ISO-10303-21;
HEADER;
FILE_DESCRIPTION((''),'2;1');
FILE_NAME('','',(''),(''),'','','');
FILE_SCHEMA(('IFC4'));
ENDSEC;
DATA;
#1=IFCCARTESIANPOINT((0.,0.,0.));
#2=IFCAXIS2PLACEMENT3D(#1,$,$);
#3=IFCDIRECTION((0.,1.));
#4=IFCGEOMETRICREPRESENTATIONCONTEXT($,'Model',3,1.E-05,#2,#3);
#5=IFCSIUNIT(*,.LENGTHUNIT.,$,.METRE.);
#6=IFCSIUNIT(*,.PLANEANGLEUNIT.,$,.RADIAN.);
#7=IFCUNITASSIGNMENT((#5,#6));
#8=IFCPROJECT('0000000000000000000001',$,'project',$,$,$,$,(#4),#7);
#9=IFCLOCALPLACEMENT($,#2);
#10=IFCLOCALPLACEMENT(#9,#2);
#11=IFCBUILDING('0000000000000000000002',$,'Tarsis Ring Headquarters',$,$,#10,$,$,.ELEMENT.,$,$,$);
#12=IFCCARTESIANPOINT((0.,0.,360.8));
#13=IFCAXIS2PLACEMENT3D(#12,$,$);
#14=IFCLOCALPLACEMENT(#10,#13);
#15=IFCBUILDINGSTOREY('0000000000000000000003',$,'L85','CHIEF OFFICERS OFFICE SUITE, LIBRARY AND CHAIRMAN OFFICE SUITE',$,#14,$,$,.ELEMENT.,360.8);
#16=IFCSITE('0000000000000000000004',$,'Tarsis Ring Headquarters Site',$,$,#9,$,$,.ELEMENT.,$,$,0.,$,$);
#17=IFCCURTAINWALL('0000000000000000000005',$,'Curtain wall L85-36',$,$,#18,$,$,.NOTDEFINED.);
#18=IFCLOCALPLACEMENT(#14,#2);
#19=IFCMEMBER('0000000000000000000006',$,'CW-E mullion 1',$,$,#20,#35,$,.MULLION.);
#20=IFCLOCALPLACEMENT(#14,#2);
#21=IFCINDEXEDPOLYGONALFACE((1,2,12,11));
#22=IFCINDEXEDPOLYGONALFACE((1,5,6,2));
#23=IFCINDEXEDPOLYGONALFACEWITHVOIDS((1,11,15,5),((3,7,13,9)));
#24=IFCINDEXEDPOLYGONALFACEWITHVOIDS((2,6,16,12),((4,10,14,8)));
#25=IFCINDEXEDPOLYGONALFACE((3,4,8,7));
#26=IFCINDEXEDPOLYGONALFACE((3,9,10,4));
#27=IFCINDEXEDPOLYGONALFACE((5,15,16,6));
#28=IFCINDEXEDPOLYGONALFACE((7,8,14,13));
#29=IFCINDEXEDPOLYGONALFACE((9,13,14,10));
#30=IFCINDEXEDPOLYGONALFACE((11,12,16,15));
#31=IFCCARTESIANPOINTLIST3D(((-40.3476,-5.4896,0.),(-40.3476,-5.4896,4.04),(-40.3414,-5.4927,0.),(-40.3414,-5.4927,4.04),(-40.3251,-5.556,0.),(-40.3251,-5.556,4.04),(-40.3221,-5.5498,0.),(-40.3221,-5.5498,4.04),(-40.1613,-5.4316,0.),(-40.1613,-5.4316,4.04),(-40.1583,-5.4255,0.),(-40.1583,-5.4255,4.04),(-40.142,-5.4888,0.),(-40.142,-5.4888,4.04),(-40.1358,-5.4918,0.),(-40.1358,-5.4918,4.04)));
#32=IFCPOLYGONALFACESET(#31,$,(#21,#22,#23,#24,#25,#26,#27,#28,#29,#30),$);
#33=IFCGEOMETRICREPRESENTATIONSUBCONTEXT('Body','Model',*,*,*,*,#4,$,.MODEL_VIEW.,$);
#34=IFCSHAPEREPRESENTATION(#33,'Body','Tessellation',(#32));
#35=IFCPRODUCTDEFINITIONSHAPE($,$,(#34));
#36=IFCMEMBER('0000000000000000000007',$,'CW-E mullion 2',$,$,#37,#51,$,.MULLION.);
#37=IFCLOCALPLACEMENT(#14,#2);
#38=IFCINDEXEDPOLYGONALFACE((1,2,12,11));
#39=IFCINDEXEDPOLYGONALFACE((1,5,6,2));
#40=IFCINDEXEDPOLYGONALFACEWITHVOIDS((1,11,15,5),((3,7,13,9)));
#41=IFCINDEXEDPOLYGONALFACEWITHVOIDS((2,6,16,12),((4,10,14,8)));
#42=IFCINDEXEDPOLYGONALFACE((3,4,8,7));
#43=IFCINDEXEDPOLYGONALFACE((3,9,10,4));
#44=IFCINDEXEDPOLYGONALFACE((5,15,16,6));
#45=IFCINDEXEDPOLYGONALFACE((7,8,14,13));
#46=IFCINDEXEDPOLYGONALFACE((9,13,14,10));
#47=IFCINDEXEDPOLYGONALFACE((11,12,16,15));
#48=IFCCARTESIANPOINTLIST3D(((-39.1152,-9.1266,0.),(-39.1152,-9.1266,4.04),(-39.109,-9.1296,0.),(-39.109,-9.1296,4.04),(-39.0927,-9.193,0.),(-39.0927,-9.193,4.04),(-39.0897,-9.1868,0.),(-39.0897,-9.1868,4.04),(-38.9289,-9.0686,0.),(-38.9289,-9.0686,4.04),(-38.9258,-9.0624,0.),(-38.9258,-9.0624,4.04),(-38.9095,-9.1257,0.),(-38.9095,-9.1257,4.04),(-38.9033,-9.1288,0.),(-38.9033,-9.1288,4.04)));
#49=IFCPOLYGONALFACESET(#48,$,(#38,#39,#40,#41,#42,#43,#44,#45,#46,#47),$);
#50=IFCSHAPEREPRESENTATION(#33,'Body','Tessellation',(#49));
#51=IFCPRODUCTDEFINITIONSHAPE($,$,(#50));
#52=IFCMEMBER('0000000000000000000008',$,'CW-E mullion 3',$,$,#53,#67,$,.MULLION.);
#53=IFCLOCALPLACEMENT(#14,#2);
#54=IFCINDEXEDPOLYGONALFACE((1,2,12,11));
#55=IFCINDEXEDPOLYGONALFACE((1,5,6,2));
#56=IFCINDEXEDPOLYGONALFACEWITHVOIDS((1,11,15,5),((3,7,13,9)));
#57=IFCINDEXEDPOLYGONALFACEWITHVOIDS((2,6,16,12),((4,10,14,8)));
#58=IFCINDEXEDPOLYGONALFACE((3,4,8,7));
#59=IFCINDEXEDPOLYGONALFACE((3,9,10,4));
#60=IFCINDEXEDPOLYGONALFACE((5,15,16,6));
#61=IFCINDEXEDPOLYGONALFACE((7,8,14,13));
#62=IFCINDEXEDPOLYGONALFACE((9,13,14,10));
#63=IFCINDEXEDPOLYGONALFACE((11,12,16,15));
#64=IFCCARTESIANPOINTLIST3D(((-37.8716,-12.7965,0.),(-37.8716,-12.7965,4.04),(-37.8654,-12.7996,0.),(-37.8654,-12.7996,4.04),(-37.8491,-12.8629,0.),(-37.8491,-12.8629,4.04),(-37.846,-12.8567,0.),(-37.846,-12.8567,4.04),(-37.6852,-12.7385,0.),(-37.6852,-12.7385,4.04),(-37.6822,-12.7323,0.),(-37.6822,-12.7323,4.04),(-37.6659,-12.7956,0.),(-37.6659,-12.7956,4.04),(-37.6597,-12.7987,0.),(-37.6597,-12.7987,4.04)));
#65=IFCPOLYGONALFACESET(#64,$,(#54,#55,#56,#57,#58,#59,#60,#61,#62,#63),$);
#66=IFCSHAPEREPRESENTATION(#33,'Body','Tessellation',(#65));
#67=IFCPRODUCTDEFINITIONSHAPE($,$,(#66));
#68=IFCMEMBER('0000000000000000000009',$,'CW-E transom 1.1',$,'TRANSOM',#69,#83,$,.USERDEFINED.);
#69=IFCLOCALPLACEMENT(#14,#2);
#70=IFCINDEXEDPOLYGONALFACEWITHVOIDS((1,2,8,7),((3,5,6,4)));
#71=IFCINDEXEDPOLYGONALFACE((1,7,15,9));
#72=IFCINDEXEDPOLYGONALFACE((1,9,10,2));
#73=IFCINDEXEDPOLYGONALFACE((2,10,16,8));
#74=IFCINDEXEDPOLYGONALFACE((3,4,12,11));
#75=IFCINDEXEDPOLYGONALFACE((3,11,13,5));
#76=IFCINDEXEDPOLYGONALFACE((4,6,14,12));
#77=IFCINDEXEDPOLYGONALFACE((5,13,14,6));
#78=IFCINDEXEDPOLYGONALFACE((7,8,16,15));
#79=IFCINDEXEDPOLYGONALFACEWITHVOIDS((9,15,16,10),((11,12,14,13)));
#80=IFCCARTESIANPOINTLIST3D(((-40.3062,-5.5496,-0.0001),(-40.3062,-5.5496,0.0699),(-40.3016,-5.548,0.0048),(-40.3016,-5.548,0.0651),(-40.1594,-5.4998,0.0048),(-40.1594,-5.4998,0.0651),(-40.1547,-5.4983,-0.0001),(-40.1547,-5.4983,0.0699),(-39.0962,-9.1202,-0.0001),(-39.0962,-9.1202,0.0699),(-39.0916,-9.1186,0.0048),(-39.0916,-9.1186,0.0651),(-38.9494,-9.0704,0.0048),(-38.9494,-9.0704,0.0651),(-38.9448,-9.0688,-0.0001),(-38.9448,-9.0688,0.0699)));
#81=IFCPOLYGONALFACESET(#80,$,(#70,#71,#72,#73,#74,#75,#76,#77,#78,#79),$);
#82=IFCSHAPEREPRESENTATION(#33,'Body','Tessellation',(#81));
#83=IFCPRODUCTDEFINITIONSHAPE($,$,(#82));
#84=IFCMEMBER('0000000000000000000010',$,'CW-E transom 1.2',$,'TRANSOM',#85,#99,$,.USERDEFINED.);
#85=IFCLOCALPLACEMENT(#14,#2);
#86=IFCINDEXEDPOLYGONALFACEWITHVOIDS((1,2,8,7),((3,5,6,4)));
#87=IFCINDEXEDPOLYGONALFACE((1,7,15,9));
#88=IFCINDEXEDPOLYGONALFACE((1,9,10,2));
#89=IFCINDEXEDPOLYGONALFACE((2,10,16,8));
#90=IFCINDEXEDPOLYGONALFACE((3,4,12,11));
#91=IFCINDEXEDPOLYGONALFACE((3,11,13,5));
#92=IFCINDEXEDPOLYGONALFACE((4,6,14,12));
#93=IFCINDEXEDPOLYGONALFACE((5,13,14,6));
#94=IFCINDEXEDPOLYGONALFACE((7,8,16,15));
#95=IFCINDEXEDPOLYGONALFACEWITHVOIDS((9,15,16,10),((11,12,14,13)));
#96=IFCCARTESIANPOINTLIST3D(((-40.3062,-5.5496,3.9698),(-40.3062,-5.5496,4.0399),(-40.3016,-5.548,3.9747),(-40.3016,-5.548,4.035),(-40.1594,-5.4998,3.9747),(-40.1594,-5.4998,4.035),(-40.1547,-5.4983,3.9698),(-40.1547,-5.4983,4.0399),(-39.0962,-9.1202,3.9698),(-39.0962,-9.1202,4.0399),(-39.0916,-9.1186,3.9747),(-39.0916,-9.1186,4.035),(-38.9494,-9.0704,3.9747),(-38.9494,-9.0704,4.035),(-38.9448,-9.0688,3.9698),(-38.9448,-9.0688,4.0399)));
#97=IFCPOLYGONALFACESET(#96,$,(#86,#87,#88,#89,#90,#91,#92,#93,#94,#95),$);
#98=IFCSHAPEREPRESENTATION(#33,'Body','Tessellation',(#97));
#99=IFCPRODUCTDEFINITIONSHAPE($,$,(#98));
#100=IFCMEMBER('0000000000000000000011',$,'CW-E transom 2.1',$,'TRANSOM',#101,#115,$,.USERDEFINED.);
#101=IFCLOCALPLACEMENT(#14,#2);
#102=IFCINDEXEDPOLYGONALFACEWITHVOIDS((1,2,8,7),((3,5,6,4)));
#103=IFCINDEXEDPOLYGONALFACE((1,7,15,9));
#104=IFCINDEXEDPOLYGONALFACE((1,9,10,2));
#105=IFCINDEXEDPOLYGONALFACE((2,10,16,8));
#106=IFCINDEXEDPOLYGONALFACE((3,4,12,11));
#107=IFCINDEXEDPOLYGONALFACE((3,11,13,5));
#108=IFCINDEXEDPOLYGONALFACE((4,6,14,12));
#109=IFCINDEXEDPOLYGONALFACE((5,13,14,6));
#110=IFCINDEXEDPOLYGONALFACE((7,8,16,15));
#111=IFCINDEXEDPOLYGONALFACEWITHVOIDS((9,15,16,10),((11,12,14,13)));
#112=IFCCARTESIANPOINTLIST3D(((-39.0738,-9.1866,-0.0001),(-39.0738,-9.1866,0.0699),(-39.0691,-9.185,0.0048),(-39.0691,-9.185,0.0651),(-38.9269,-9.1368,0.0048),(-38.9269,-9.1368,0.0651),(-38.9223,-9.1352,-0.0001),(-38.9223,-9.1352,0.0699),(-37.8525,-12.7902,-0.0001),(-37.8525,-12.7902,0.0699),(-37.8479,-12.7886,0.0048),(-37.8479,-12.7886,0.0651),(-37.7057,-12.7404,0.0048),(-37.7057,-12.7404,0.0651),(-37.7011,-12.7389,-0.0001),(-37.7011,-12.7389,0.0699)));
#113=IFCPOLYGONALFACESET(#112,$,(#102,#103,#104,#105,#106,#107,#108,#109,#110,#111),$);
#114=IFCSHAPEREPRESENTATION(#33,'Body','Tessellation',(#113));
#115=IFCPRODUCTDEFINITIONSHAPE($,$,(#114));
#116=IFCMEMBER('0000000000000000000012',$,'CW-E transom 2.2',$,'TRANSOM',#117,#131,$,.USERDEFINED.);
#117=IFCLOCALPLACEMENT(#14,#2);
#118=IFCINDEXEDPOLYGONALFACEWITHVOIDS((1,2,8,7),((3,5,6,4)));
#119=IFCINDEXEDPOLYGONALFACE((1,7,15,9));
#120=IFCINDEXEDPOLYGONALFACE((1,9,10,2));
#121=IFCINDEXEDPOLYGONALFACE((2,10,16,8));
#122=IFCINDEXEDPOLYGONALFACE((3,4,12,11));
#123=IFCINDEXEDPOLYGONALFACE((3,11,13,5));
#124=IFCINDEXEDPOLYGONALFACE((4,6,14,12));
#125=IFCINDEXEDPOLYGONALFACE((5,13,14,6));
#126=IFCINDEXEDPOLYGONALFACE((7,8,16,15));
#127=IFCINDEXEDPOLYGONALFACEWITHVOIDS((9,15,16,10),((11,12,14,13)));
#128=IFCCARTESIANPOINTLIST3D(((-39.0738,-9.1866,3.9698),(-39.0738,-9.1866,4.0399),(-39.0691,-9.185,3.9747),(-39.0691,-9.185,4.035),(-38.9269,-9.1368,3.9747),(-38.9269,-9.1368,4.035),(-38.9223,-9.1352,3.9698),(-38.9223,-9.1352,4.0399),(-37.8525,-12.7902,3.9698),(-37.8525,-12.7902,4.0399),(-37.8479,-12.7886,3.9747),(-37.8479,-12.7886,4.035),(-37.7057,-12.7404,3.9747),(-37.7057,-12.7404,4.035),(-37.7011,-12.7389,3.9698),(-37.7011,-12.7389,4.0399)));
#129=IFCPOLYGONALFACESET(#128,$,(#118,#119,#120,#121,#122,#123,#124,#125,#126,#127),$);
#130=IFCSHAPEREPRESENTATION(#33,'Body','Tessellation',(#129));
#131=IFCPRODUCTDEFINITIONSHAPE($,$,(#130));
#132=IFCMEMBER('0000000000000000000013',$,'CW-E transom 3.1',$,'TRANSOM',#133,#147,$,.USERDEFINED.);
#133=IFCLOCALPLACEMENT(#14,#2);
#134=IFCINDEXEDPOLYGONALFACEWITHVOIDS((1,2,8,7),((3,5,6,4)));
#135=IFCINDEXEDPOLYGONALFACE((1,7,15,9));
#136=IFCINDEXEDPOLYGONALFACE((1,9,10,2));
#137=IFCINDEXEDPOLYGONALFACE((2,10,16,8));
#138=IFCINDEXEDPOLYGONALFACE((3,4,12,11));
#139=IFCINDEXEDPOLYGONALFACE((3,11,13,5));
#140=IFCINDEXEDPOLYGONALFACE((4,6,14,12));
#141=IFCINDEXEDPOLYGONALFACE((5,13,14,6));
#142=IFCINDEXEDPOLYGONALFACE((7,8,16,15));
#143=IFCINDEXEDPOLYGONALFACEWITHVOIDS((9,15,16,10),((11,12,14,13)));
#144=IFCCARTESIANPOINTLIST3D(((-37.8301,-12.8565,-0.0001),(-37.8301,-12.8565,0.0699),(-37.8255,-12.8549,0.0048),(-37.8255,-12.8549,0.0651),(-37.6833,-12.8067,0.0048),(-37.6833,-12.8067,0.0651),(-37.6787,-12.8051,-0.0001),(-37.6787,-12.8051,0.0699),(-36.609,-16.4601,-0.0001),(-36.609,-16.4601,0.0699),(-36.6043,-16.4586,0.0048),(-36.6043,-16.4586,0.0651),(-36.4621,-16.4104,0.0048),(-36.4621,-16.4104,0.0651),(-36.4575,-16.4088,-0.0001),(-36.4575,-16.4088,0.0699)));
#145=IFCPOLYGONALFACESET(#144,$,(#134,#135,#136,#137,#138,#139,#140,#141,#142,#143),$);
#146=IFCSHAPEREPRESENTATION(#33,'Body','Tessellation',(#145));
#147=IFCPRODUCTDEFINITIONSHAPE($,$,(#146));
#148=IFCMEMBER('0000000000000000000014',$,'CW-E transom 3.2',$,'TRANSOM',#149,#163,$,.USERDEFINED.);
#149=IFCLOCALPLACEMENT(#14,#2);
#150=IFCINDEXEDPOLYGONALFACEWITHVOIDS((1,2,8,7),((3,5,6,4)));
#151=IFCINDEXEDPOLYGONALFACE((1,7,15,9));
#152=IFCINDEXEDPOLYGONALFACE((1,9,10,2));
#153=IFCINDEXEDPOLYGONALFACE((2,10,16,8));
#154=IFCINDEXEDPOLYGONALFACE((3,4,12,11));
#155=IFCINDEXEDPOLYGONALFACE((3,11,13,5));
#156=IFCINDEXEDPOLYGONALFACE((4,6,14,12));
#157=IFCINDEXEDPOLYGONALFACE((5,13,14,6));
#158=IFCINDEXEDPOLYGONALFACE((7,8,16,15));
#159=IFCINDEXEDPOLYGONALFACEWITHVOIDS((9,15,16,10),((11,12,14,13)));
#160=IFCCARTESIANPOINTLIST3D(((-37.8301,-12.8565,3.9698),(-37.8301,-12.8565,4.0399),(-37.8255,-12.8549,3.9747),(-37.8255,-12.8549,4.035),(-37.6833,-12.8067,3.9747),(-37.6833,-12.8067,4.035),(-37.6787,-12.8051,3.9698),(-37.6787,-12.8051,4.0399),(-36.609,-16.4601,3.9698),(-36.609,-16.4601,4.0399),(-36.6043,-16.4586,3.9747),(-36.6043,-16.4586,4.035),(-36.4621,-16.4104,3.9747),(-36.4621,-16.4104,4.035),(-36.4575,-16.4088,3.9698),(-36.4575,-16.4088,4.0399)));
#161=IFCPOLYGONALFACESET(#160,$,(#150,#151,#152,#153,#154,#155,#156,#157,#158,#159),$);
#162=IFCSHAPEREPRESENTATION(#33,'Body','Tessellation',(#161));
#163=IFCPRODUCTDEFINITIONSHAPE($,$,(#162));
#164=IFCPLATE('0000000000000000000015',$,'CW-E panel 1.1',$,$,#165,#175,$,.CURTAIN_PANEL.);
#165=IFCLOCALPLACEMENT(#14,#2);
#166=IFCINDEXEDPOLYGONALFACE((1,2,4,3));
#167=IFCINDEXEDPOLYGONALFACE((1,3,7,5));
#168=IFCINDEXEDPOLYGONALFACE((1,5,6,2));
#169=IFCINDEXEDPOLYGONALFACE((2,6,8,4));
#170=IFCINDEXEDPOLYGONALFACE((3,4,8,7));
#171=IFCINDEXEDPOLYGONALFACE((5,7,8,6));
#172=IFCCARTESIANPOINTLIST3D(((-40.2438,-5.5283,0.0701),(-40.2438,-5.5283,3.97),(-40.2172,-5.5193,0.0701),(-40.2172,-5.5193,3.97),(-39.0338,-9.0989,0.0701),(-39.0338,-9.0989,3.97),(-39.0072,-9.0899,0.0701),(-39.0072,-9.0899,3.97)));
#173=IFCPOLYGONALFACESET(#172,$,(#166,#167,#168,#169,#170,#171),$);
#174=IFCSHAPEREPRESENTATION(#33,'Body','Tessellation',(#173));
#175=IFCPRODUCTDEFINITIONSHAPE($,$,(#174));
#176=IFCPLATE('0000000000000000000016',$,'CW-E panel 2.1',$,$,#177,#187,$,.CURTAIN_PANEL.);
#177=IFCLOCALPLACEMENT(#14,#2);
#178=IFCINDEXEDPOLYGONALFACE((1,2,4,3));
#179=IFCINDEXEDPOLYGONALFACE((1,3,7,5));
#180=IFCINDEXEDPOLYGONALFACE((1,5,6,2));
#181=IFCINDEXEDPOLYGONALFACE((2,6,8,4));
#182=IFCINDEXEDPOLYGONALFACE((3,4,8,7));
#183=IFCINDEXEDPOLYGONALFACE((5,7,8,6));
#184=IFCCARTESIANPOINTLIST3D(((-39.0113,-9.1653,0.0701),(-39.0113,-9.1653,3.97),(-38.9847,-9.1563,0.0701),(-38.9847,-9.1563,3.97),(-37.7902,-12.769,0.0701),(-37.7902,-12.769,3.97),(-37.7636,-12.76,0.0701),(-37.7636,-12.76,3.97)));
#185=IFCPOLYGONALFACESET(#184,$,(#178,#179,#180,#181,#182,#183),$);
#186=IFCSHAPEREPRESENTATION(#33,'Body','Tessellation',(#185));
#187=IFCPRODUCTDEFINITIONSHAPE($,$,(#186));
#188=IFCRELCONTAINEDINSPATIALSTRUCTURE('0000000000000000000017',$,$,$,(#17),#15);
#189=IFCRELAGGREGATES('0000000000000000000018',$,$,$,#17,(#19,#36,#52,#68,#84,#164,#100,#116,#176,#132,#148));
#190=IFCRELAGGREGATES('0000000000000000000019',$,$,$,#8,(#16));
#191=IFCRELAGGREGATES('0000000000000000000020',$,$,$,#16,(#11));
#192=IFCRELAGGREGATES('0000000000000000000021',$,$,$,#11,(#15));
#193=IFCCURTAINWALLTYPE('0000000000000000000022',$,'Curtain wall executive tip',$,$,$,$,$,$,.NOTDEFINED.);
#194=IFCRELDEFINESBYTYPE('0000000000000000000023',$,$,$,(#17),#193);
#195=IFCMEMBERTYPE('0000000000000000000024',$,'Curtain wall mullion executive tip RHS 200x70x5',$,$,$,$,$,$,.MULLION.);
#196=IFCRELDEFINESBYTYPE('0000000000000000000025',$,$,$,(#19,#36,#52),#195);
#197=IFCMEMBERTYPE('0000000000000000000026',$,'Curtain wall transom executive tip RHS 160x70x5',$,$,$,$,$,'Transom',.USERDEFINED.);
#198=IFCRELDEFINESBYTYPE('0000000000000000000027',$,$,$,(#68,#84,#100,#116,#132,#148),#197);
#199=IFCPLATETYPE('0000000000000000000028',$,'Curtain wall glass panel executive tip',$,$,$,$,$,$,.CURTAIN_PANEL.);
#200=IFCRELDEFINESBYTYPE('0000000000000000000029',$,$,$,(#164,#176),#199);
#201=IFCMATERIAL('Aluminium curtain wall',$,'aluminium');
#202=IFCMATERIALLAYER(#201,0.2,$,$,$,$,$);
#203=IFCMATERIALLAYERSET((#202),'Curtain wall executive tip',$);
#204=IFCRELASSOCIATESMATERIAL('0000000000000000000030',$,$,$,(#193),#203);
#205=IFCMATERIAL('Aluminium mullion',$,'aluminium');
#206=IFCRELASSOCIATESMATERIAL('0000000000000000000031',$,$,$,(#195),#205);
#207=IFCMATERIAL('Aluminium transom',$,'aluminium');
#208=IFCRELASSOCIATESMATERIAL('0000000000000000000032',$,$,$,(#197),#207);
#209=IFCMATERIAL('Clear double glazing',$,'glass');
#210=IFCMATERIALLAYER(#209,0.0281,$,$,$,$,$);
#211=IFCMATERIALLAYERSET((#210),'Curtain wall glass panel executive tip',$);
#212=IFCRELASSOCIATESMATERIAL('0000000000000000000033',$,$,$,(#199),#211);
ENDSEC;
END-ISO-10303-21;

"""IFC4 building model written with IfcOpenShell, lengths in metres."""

from ifc_helpers import new_model, si_unit, direction, frame, origin, origin_2d, place, context, subcontext, project, spatial, rectangle, hollow_rectangle, extrude, material, layer, layer_set, material_profile, profile_set, type_object, element, aggregate, save


model = new_model("IFC4")

# Units and contexts
model_context = context("Model", 3, precision=1e-05, world=origin(), true_north=direction((0.0, 1.0)))
body_context = subcontext(model_context, "Body", "Model", "MODEL_VIEW")
ifc_project = project(units=[si_unit("LENGTHUNIT", "METRE"), si_unit("PLANEANGLEUNIT", "RADIAN")], contexts=[model_context])

# Site, building, storey
site_placement = place(None, origin())
site = spatial("IfcSite", under=ifc_project, at=site_placement, Name="Tarsis Ring Headquarters Site", CompositionType="ELEMENT", RefElevation=0.0)
building_placement = place(site_placement, origin())
building = spatial("IfcBuilding", under=site, at=building_placement, Name="Tarsis Ring Headquarters", CompositionType="ELEMENT")
storey_placement = place(building_placement, frame((0.0, 0.0, 360.8)))
storey = spatial("IfcBuildingStorey", under=building, at=storey_placement, Name="L85", Description="CHIEF OFFICERS OFFICE SUITE, LIBRARY AND CHAIRMAN OFFICE SUITE", CompositionType="ELEMENT", Elevation=360.8)

# Curtain wall, members, plates
ifc_material_1 = material(Name="Aluminium curtain wall", Category="aluminium")
ifc_layer_1 = layer(ifc_material_1, 0.2)
ifc_layer_set_1 = layer_set([ifc_layer_1], Name="Curtain wall executive tip")
curtain_wall_type = type_object("IfcCurtainWallType", Name="Curtain wall executive tip", PredefinedType="NOTDEFINED", material=ifc_layer_set_1)
curtain_wall_placement = place(storey_placement, origin())
curtain_wall = element("IfcCurtainWall", 1, at=curtain_wall_placement, inside=storey, type_object=curtain_wall_type, Name="Curtain wall L85-36", PredefinedType="NOTDEFINED")
ifc_material_2 = material(Name="Aluminium mullion", Category="aluminium")
ifc_material_profile_1 = material_profile(ifc_material_2, hollow_rectangle(XDim=0.2, YDim=0.0701, WallThickness=0.0049, at=origin_2d()), Name="RHS 200x70x5")
ifc_profile_set_1 = profile_set([ifc_material_profile_1], Name="Aluminium mullion")
member_type_1 = type_object("IfcMemberType", Name="Curtain wall mullion executive tip RHS 200x70x5", PredefinedType="MULLION", material=ifc_profile_set_1)
member_1_placement = place(storey_placement, frame((-40.2417, -5.4907, 0.0), z_axis=(0.0, 0.0, 1.0), x_axis=(0.947098, 0.320944, 0.0)))
member_1 = element("IfcMember", 2, at=member_1_placement, type_object=member_type_1, Name="CW-E mullion 1", PredefinedType="MULLION", context=body_context, shape_type="SweptSolid", body=[
    extrude(hollow_rectangle(XDim=0.2, YDim=0.0701, WallThickness=0.0049, at=origin_2d()), origin(), (0.0, 0.0, 1.0), 4.04),
])
member_2_placement = place(storey_placement, frame((-39.0093, -9.1277, 0.0), z_axis=(0.0, 0.0, 1.0), x_axis=(0.947098, 0.320944, 0.0)))
member_2 = element("IfcMember", 3, at=member_2_placement, type_object=member_type_1, Name="CW-E mullion 2", PredefinedType="MULLION", context=body_context, shape_type="SweptSolid", body=[
    extrude(hollow_rectangle(XDim=0.2, YDim=0.0701, WallThickness=0.0049, at=origin_2d()), origin(), (0.0, 0.0, 1.0), 4.04),
])
member_3_placement = place(storey_placement, frame((-37.7656, -12.7976, 0.0), z_axis=(0.0, 0.0, 1.0), x_axis=(0.947098, 0.320944, 0.0)))
member_3 = element("IfcMember", 4, at=member_3_placement, type_object=member_type_1, Name="CW-E mullion 3", PredefinedType="MULLION", context=body_context, shape_type="SweptSolid", body=[
    extrude(hollow_rectangle(XDim=0.2, YDim=0.0701, WallThickness=0.0049, at=origin_2d()), origin(), (0.0, 0.0, 1.0), 4.04),
])
ifc_material_3 = material(Name="Aluminium transom", Category="aluminium")
ifc_material_profile_2 = material_profile(ifc_material_3, hollow_rectangle(XDim=0.1599, YDim=0.0701, WallThickness=0.0049, at=origin_2d()), Name="RHS 160x70x5")
ifc_profile_set_2 = profile_set([ifc_material_profile_2], Name="Aluminium transom")
member_type_2 = type_object("IfcMemberType", Name="Curtain wall transom executive tip RHS 160x70x5", ElementType="Transom", PredefinedType="USERDEFINED", material=ifc_profile_set_2)
member_4_placement = place(storey_placement, frame((-40.2305, -5.5239, 0.0349), z_axis=(0.320945, -0.947098, 0.0), x_axis=(0.947098, 0.320945, 0.0)))
member_4 = element("IfcMember", 5, at=member_4_placement, type_object=member_type_2, Name="CW-E transom 1.1", ObjectType="TRANSOM", PredefinedType="USERDEFINED", context=body_context, shape_type="SweptSolid", body=[
    extrude(hollow_rectangle(XDim=0.1599, YDim=0.0701, WallThickness=0.0049, at=origin_2d()), origin(), (0.0, 0.0, 1.0), 3.77),
])
member_5_placement = place(storey_placement, frame((-40.2305, -5.5239, 4.0049), z_axis=(0.320945, -0.947098, 0.0), x_axis=(0.947098, 0.320945, 0.0)))
member_5 = element("IfcMember", 6, at=member_5_placement, type_object=member_type_2, Name="CW-E transom 1.2", ObjectType="TRANSOM", PredefinedType="USERDEFINED", context=body_context, shape_type="SweptSolid", body=[
    extrude(hollow_rectangle(XDim=0.1599, YDim=0.0701, WallThickness=0.0049, at=origin_2d()), origin(), (0.0, 0.0, 1.0), 3.77),
])
member_6_placement = place(storey_placement, frame((-38.998, -9.1609, 0.0349), z_axis=(0.320959, -0.947093, 0.0), x_axis=(0.947093, 0.320959, 0.0)))
member_6 = element("IfcMember", 7, at=member_6_placement, type_object=member_type_2, Name="CW-E transom 2.1", ObjectType="TRANSOM", PredefinedType="USERDEFINED", context=body_context, shape_type="SweptSolid", body=[
    extrude(hollow_rectangle(XDim=0.1599, YDim=0.0701, WallThickness=0.0049, at=origin_2d()), origin(), (0.0, 0.0, 1.0), 3.8049),
])
member_7_placement = place(storey_placement, frame((-38.998, -9.1609, 4.0049), z_axis=(0.320959, -0.947093, 0.0), x_axis=(0.947093, 0.320959, 0.0)))
member_7 = element("IfcMember", 8, at=member_7_placement, type_object=member_type_2, Name="CW-E transom 2.2", ObjectType="TRANSOM", PredefinedType="USERDEFINED", context=body_context, shape_type="SweptSolid", body=[
    extrude(hollow_rectangle(XDim=0.1599, YDim=0.0701, WallThickness=0.0049, at=origin_2d()), origin(), (0.0, 0.0, 1.0), 3.8049),
])
member_8_placement = place(storey_placement, frame((-37.7544, -12.8308, 0.0349), z_axis=(0.32094, -0.9471, 0.0), x_axis=(0.9471, 0.32094, 0.0)))
member_8 = element("IfcMember", 9, at=member_8_placement, type_object=member_type_2, Name="CW-E transom 3.1", ObjectType="TRANSOM", PredefinedType="USERDEFINED", context=body_context, shape_type="SweptSolid", body=[
    extrude(hollow_rectangle(XDim=0.1599, YDim=0.0701, WallThickness=0.0049, at=origin_2d()), origin(), (0.0, 0.0, 1.0), 3.8049),
])
member_9_placement = place(storey_placement, frame((-37.7544, -12.8308, 4.0049), z_axis=(0.32094, -0.9471, 0.0), x_axis=(0.9471, 0.32094, 0.0)))
member_9 = element("IfcMember", 10, at=member_9_placement, type_object=member_type_2, Name="CW-E transom 3.2", ObjectType="TRANSOM", PredefinedType="USERDEFINED", context=body_context, shape_type="SweptSolid", body=[
    extrude(hollow_rectangle(XDim=0.1599, YDim=0.0701, WallThickness=0.0049, at=origin_2d()), origin(), (0.0, 0.0, 1.0), 3.8049),
])
ifc_material_4 = material(Name="Clear double glazing", Category="glass")
ifc_layer_2 = layer(ifc_material_4, 0.0281)
ifc_layer_set_2 = layer_set([ifc_layer_2], Name="Curtain wall glass panel executive tip")
plate_type = type_object("IfcPlateType", Name="Curtain wall glass panel executive tip", PredefinedType="CURTAIN_PANEL", material=ifc_layer_set_2)
plate_1_placement = place(storey_placement, frame((-39.6255, -7.3091, 0.0701), z_axis=(0.0, 0.0, 1.0), x_axis=(0.320944, -0.947098, 0.0)))
plate_1 = element("IfcPlate", 11, at=plate_1_placement, type_object=plate_type, Name="CW-E panel 1.1", PredefinedType="CURTAIN_PANEL", context=body_context, shape_type="SweptSolid", body=[
    extrude(rectangle(XDim=3.77, YDim=0.0281, at=origin_2d()), origin(), (0.0, 0.0, 1.0), 3.8999),
])
plate_2_placement = place(storey_placement, frame((-38.3875, -10.9626, 0.0701), z_axis=(0.0, 0.0, 1.0), x_axis=(0.320944, -0.947098, 0.0)))
plate_2 = element("IfcPlate", 12, at=plate_2_placement, type_object=plate_type, Name="CW-E panel 2.1", PredefinedType="CURTAIN_PANEL", context=body_context, shape_type="SweptSolid", body=[
    extrude(rectangle(XDim=3.8049, YDim=0.0281, at=origin_2d()), origin(), (0.0, 0.0, 1.0), 3.8999),
])
aggregate(curtain_wall, [member_1, member_2, member_3, member_4, member_5, plate_1, member_6, member_7, plate_2, member_8, member_9])

save(model, "model.ifc")
